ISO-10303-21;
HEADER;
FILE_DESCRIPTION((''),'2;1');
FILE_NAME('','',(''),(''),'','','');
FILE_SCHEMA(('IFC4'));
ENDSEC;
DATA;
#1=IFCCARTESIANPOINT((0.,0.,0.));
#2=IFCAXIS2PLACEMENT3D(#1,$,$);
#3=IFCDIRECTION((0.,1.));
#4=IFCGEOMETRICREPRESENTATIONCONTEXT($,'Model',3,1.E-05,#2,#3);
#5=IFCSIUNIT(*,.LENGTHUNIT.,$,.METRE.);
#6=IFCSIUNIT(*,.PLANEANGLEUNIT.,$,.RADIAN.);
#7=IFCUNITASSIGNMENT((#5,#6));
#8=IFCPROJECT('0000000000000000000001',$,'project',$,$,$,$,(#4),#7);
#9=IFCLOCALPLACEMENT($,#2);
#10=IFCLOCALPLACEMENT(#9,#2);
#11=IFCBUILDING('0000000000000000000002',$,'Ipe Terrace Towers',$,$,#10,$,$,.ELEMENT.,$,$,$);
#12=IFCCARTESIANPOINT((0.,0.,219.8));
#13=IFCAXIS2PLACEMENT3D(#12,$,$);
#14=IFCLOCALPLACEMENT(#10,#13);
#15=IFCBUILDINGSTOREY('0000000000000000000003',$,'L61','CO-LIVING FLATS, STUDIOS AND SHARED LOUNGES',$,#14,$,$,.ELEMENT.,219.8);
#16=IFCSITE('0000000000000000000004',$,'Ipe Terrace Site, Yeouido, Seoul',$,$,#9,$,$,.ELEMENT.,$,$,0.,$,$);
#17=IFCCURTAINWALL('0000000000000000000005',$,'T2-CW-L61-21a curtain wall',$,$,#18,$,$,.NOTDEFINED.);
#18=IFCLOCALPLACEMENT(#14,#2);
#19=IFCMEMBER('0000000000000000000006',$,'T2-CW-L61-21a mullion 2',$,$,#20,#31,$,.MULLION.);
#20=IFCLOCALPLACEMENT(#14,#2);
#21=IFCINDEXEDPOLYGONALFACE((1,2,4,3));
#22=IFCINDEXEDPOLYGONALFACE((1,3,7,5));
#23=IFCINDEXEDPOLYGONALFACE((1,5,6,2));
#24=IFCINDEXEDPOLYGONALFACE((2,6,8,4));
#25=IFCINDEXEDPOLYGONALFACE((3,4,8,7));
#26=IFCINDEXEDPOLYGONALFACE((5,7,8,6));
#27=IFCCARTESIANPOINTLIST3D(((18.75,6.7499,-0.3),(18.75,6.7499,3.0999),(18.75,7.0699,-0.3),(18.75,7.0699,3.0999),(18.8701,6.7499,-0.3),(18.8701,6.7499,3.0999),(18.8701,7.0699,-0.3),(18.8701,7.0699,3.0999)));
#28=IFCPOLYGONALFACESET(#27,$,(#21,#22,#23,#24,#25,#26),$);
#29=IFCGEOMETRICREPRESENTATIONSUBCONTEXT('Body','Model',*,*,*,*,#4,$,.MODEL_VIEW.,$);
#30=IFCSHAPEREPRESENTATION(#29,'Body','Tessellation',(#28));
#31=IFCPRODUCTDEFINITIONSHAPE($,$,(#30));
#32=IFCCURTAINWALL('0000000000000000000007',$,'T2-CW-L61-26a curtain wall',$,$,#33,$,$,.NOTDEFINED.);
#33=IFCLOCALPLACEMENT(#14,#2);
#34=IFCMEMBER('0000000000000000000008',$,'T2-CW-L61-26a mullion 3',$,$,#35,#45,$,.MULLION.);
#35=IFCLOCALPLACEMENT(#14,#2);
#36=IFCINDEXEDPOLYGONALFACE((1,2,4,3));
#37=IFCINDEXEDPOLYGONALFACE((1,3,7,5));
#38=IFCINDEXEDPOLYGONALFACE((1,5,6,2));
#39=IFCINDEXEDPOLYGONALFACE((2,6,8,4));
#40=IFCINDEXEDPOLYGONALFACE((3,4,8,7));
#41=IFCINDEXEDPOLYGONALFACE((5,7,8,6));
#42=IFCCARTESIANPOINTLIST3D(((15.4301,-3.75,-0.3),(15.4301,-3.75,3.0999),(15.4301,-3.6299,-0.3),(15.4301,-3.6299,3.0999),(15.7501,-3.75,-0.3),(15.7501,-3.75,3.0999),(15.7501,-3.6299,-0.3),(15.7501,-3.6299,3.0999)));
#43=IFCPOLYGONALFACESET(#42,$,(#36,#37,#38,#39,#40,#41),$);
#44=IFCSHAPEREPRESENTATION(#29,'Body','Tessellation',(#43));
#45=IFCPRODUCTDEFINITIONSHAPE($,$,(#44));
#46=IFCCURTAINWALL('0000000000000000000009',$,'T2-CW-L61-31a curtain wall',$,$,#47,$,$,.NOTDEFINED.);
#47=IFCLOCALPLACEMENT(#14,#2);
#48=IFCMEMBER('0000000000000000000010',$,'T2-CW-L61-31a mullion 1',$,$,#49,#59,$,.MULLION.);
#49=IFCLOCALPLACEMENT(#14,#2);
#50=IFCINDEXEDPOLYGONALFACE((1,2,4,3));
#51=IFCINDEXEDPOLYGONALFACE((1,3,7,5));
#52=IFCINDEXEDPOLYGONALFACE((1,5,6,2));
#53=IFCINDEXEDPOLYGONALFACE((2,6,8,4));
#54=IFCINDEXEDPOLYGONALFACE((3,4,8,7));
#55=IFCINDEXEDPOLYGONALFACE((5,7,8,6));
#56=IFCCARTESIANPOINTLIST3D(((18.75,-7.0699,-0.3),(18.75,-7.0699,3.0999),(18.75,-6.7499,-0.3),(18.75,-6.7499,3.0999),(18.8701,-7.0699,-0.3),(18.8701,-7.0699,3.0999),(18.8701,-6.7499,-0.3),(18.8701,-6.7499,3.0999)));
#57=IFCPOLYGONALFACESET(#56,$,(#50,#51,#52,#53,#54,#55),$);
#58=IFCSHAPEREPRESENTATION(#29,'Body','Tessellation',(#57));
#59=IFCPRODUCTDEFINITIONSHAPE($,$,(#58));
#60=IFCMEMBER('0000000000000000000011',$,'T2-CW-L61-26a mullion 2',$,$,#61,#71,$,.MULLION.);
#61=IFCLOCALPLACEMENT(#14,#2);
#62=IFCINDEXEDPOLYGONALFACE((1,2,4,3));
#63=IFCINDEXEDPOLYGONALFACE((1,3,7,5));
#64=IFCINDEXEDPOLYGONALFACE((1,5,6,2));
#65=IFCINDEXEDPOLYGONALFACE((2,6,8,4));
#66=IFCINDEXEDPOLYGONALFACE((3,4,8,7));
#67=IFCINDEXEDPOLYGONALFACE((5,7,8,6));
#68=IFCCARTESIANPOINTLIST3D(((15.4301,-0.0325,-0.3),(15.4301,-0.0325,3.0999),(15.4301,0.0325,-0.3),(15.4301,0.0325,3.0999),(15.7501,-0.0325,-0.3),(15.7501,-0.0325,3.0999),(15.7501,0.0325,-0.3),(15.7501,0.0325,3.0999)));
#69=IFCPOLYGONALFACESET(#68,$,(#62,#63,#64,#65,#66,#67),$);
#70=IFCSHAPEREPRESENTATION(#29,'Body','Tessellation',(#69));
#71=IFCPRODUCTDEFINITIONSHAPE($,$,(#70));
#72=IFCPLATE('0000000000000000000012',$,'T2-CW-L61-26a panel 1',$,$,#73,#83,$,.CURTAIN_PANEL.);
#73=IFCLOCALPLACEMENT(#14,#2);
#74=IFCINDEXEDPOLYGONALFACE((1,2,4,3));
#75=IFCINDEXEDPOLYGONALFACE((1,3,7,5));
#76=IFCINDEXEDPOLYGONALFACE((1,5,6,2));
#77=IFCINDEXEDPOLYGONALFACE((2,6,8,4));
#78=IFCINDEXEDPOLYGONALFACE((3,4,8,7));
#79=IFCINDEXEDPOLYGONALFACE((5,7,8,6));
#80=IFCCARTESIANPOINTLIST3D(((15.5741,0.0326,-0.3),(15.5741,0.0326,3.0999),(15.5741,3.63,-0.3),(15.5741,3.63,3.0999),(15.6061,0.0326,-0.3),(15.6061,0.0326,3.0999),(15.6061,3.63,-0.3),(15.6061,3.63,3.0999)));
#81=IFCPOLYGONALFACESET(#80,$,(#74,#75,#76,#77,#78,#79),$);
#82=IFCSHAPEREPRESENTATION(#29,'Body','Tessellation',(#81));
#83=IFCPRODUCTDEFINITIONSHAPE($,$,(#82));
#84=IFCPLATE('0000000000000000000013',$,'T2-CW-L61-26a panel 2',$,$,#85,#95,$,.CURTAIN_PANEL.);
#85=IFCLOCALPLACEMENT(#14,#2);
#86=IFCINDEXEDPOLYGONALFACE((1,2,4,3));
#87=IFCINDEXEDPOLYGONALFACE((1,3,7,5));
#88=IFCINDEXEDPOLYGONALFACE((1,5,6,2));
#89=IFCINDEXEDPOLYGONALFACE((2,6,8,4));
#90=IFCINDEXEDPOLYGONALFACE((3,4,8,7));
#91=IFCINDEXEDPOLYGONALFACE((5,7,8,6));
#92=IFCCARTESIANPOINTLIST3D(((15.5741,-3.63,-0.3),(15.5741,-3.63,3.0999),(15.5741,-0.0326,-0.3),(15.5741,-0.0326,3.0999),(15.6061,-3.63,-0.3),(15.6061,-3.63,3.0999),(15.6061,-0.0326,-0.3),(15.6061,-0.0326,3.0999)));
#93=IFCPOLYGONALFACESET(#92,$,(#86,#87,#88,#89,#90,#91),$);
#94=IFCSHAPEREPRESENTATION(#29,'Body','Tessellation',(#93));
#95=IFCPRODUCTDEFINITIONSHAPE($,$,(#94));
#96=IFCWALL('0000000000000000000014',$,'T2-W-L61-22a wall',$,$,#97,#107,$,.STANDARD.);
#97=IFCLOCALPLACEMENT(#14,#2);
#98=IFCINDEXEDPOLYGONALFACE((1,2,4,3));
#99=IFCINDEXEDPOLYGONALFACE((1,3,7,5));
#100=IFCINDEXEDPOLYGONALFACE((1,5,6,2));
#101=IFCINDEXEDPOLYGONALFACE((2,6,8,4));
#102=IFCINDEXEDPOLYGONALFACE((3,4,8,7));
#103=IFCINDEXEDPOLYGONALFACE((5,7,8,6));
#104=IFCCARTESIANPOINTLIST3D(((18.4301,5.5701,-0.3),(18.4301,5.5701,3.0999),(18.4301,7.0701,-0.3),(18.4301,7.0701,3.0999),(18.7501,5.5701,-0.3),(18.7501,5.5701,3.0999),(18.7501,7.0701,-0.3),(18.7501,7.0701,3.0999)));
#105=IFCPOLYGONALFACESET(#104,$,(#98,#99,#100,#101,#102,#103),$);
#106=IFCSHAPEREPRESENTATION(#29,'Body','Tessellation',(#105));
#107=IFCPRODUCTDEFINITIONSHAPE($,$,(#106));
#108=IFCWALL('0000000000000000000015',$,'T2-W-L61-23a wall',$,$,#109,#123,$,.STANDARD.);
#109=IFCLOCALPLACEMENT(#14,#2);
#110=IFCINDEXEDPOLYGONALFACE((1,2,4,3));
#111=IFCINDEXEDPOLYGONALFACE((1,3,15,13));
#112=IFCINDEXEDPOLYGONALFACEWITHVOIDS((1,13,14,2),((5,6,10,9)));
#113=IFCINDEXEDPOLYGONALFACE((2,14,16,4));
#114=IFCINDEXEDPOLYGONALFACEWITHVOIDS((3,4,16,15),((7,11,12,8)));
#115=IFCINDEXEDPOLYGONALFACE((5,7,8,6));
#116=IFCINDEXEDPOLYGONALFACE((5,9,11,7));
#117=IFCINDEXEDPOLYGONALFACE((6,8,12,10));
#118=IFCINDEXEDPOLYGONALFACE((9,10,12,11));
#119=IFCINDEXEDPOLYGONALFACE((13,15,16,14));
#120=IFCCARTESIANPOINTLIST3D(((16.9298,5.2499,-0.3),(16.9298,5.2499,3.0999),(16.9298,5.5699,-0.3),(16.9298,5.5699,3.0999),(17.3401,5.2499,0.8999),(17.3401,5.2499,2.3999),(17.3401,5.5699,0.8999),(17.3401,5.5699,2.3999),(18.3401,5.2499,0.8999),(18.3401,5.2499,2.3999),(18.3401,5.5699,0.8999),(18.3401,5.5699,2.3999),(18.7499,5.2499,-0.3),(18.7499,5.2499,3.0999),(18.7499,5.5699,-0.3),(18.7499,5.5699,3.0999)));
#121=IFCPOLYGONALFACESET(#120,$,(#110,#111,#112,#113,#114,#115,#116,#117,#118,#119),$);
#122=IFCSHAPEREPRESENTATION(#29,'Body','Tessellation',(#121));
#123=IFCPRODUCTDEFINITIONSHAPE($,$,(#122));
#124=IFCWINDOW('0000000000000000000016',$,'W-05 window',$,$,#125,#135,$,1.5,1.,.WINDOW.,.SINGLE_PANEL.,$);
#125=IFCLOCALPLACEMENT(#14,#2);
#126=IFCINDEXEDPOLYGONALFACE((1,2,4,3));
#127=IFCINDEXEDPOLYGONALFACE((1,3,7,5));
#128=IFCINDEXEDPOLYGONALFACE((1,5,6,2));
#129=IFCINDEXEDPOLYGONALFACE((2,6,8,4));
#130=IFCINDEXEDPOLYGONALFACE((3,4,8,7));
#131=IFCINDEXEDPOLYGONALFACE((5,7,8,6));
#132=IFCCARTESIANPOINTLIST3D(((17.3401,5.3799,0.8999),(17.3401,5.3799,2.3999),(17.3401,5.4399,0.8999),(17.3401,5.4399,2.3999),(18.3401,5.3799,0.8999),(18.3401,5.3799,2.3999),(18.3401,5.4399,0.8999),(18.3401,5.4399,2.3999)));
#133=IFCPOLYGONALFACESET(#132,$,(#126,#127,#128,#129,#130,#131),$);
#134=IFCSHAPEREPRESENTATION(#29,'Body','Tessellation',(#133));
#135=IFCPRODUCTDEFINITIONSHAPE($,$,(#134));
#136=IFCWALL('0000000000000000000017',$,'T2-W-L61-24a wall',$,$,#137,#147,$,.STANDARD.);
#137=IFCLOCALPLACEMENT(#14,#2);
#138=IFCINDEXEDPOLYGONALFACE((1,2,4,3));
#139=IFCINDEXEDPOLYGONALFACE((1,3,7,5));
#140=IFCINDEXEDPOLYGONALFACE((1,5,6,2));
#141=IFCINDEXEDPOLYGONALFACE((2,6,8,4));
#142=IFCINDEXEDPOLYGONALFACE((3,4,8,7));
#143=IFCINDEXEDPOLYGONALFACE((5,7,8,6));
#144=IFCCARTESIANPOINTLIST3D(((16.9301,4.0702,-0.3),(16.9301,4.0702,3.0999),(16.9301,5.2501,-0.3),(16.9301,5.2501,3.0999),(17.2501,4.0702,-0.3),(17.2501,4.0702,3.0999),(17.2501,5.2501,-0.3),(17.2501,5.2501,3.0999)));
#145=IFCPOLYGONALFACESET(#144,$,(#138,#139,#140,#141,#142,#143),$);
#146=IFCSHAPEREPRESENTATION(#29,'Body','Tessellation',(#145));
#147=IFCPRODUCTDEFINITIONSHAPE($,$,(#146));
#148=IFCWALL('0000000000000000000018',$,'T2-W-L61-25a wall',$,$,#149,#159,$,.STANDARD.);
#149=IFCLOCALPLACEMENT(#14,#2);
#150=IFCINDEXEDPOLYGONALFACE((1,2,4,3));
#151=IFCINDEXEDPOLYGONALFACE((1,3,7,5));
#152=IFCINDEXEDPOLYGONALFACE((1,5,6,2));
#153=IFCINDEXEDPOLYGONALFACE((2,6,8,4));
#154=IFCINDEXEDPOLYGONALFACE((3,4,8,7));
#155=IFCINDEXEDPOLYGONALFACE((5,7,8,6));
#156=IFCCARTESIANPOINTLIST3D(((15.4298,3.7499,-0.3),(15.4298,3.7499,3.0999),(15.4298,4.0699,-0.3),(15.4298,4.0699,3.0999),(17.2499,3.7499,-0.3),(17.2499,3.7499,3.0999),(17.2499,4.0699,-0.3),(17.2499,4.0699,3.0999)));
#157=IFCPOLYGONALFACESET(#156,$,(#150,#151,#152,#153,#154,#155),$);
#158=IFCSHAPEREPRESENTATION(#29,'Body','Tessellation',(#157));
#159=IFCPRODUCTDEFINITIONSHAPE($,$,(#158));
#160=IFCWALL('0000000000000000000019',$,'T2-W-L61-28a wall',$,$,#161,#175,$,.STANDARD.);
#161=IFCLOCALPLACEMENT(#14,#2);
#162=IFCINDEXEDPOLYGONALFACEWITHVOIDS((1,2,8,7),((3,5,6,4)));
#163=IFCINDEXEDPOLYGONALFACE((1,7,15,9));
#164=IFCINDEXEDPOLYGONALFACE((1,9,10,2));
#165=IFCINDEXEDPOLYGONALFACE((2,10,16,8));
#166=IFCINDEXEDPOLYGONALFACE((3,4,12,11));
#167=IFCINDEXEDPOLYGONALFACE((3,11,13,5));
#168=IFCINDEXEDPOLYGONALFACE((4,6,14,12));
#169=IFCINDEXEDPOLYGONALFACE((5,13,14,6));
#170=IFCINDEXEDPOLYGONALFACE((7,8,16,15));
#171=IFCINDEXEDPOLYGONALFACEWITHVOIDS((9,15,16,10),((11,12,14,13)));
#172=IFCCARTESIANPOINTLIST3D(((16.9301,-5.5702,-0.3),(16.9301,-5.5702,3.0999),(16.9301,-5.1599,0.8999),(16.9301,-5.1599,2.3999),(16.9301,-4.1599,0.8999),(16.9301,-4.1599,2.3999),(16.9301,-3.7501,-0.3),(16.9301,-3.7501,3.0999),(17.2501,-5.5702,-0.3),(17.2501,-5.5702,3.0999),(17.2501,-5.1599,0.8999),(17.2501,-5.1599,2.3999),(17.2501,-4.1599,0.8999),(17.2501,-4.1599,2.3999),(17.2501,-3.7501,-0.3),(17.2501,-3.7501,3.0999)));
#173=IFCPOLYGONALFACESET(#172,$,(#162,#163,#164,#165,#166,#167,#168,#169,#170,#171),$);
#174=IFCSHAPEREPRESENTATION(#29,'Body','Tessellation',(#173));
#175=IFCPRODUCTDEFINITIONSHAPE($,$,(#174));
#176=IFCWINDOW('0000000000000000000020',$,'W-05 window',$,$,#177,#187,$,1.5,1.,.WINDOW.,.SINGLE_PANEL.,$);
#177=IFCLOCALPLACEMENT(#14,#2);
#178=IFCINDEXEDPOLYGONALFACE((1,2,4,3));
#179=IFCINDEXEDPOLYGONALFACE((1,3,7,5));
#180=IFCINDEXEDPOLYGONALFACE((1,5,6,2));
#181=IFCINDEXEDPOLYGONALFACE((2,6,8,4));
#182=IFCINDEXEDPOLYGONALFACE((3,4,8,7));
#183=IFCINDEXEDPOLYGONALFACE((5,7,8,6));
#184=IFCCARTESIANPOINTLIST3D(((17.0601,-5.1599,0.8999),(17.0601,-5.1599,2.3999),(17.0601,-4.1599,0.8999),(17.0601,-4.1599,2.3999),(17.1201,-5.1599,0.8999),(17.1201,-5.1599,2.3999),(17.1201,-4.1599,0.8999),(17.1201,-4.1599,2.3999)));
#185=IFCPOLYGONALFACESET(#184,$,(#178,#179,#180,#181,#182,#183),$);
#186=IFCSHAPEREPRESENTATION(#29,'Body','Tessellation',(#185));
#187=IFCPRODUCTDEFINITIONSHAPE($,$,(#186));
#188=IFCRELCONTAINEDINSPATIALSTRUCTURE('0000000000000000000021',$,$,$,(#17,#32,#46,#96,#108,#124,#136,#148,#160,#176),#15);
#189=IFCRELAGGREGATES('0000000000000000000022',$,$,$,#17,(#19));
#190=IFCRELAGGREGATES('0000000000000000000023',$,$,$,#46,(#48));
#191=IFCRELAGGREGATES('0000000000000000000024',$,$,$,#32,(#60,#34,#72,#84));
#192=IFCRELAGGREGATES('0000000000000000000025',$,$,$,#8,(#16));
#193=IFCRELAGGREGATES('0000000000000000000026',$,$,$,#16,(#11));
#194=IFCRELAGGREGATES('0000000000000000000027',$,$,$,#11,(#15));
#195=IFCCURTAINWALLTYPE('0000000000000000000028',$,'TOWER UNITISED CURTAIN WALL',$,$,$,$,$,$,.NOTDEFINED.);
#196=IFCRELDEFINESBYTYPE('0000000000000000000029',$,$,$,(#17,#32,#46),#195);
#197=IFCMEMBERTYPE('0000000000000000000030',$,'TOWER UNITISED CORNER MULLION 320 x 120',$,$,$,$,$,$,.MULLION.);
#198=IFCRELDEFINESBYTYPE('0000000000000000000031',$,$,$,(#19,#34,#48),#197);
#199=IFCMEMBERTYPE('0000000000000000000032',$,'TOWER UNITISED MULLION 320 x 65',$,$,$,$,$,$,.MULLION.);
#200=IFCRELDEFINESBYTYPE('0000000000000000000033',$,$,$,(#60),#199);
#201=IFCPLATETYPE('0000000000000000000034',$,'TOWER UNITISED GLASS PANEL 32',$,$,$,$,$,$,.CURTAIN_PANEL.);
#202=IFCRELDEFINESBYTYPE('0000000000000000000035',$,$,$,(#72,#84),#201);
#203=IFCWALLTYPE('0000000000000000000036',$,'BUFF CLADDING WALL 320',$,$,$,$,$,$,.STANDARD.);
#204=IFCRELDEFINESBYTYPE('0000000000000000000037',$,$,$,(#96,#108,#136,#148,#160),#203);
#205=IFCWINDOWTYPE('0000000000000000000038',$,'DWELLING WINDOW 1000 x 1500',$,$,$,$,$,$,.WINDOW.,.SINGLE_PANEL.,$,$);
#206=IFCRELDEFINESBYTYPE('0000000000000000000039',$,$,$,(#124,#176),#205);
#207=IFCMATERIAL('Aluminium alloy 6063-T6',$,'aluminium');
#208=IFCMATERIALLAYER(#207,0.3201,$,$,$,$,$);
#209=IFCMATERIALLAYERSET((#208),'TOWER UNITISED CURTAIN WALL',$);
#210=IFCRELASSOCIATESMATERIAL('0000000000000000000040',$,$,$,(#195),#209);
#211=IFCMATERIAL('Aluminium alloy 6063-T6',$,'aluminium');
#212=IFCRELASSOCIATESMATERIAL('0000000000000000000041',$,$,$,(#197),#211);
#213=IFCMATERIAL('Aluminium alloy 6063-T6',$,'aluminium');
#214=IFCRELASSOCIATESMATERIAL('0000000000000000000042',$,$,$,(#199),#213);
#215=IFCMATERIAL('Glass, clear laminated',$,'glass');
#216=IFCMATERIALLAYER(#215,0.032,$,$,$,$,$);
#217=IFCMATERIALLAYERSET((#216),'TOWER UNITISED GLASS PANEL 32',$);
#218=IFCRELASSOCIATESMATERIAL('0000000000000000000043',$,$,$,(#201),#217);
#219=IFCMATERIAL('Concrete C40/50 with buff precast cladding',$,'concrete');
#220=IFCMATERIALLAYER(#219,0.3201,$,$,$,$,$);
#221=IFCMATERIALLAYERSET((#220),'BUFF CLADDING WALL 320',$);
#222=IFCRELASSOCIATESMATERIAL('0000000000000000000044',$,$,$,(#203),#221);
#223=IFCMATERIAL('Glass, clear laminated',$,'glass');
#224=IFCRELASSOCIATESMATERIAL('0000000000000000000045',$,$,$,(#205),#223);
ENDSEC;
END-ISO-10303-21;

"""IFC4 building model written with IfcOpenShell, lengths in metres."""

from ifc_helpers import new_model, si_unit, direction, frame, frame_2d, origin, origin_2d, place, context, subcontext, project, spatial, rectangle, extrude, material, layer, layer_set, material_profile, profile_set, type_object, element, fill, aggregate, save


model = new_model("IFC4")

# Units and contexts
model_context = context("Model", 3, precision=1e-05, world=origin(), true_north=direction((0.0, 1.0)))
body_context = subcontext(model_context, "Body", "Model", "MODEL_VIEW")
ifc_project = project(units=[si_unit("LENGTHUNIT", "METRE"), si_unit("PLANEANGLEUNIT", "RADIAN")], contexts=[model_context])

# Site, building, storey
site_placement = place(None, origin())
site = spatial("IfcSite", under=ifc_project, at=site_placement, Name="Ipe Terrace Site, Yeouido, Seoul", CompositionType="ELEMENT", RefElevation=0.0)
building_placement = place(site_placement, origin())
building = spatial("IfcBuilding", under=site, at=building_placement, Name="Ipe Terrace Towers", CompositionType="ELEMENT")
storey_placement = place(building_placement, frame((0.0, 0.0, 219.8)))
storey = spatial("IfcBuildingStorey", under=building, at=storey_placement, Name="L61", Description="CO-LIVING FLATS, STUDIOS AND SHARED LOUNGES", CompositionType="ELEMENT", Elevation=219.8)

# Curtain walls, members
ifc_material_1 = material(Name="Aluminium alloy 6063-T6", Category="aluminium")
ifc_layer_1 = layer(ifc_material_1, 0.3201)
ifc_layer_set_1 = layer_set([ifc_layer_1], Name="TOWER UNITISED CURTAIN WALL")
curtain_wall_type = type_object("IfcCurtainWallType", Name="TOWER UNITISED CURTAIN WALL", PredefinedType="NOTDEFINED", material=ifc_layer_set_1)
curtain_wall_1_placement = place(storey_placement, origin())
curtain_wall_1 = element("IfcCurtainWall", 1, at=curtain_wall_1_placement, inside=storey, type_object=curtain_wall_type, Name="T2-CW-L61-21a curtain wall", PredefinedType="NOTDEFINED")
ifc_material_2 = material(Name="Aluminium alloy 6063-T6", Category="aluminium")
ifc_material_profile_1 = material_profile(ifc_material_2, rectangle(XDim=0.3201, YDim=0.1201, at=origin_2d()), Name="TOWER UNITISED CORNER MULLION 320 x 120")
ifc_profile_set_1 = profile_set([ifc_material_profile_1], Name="Aluminium alloy 6063-T6")
member_type_1 = type_object("IfcMemberType", Name="TOWER UNITISED CORNER MULLION 320 x 120", PredefinedType="MULLION", material=ifc_profile_set_1)
member_1_placement = place(storey_placement, frame((18.8101, 6.9099, -0.3), z_axis=(0.0, 0.0, 1.0), x_axis=(0.0, 1.0, 0.0)))
member_1 = element("IfcMember", 2, at=member_1_placement, type_object=member_type_1, Name="T2-CW-L61-21a mullion 2", PredefinedType="MULLION", context=body_context, shape_type="SweptSolid", body=[
    extrude(rectangle(XDim=0.3201, YDim=0.1201, at=origin_2d()), origin(), (0.0, 0.0, 1.0), 3.3999),
])
aggregate(curtain_wall_1, [member_1])
curtain_wall_2_placement = place(storey_placement, origin())
curtain_wall_2 = element("IfcCurtainWall", 3, at=curtain_wall_2_placement, inside=storey, type_object=curtain_wall_type, Name="T2-CW-L61-26a curtain wall", PredefinedType="NOTDEFINED")
member_2_placement = place(storey_placement, frame((15.5901, -3.6899, -0.3), z_axis=(0.0, 0.0, 1.0), x_axis=(-1.0, 0.0, 0.0)))
member_2 = element("IfcMember", 4, at=member_2_placement, type_object=member_type_1, Name="T2-CW-L61-26a mullion 3", PredefinedType="MULLION", context=body_context, shape_type="SweptSolid", body=[
    extrude(rectangle(XDim=0.3201, YDim=0.1201, at=origin_2d()), origin(), (0.0, 0.0, 1.0), 3.3999),
])
curtain_wall_3_placement = place(storey_placement, origin())
curtain_wall_3 = element("IfcCurtainWall", 5, at=curtain_wall_3_placement, inside=storey, type_object=curtain_wall_type, Name="T2-CW-L61-31a curtain wall", PredefinedType="NOTDEFINED")
member_3_placement = place(storey_placement, frame((18.8101, -6.9099, -0.3), z_axis=(0.0, 0.0, 1.0), x_axis=(0.0, -1.0, 0.0)))
member_3 = element("IfcMember", 6, at=member_3_placement, type_object=member_type_1, Name="T2-CW-L61-31a mullion 1", PredefinedType="MULLION", context=body_context, shape_type="SweptSolid", body=[
    extrude(rectangle(XDim=0.3201, YDim=0.1201, at=origin_2d()), origin(), (0.0, 0.0, 1.0), 3.3999),
])
aggregate(curtain_wall_3, [member_3])

# Member
ifc_material_3 = material(Name="Aluminium alloy 6063-T6", Category="aluminium")
ifc_material_profile_2 = material_profile(ifc_material_3, rectangle(XDim=0.3201, YDim=0.0649, at=origin_2d()), Name="TOWER UNITISED MULLION 320 x 65")
ifc_profile_set_2 = profile_set([ifc_material_profile_2], Name="Aluminium alloy 6063-T6")
member_type_2 = type_object("IfcMemberType", Name="TOWER UNITISED MULLION 320 x 65", PredefinedType="MULLION", material=ifc_profile_set_2)
member_4_placement = place(storey_placement, frame((15.5901, 0.0, -0.3), z_axis=(0.0, 0.0, 1.0), x_axis=(-1.0, 0.0, 0.0)))
member_4 = element("IfcMember", 7, at=member_4_placement, type_object=member_type_2, Name="T2-CW-L61-26a mullion 2", PredefinedType="MULLION", context=body_context, shape_type="SweptSolid", body=[
    extrude(rectangle(XDim=0.3201, YDim=0.0649, at=origin_2d()), origin(), (0.0, 0.0, 1.0), 3.3999),
])

# Plates
ifc_material_4 = material(Name="Glass, clear laminated", Category="glass")
ifc_layer_2 = layer(ifc_material_4, 0.032)
ifc_layer_set_2 = layer_set([ifc_layer_2], Name="TOWER UNITISED GLASS PANEL 32")
plate_type = type_object("IfcPlateType", Name="TOWER UNITISED GLASS PANEL 32", PredefinedType="CURTAIN_PANEL", material=ifc_layer_set_2)
plate_1_placement = place(storey_placement, frame((15.5901, 1.8313, -0.3), z_axis=(0.0, 0.0, 1.0), x_axis=(0.0, -1.0, 0.0)))
plate_1 = element("IfcPlate", 8, at=plate_1_placement, type_object=plate_type, Name="T2-CW-L61-26a panel 1", PredefinedType="CURTAIN_PANEL", context=body_context, shape_type="SweptSolid", body=[
    extrude(rectangle(XDim=3.5974, YDim=0.032, at=origin_2d()), origin(), (0.0, 0.0, 1.0), 3.3999),
])
plate_2_placement = place(storey_placement, frame((15.5901, -1.8313, -0.3), z_axis=(0.0, 0.0, 1.0), x_axis=(0.0, -1.0, 0.0)))
plate_2 = element("IfcPlate", 9, at=plate_2_placement, type_object=plate_type, Name="T2-CW-L61-26a panel 2", PredefinedType="CURTAIN_PANEL", context=body_context, shape_type="SweptSolid", body=[
    extrude(rectangle(XDim=3.5974, YDim=0.032, at=origin_2d()), origin(), (0.0, 0.0, 1.0), 3.3999),
])
aggregate(curtain_wall_2, [member_4, member_2, plate_1, plate_2])

# Wall
ifc_material_5 = material(Name="Concrete C40/50 with buff precast cladding", Category="concrete")
ifc_layer_3 = layer(ifc_material_5, 0.3201)
ifc_layer_set_3 = layer_set([ifc_layer_3], Name="BUFF CLADDING WALL 320")
wall_type = type_object("IfcWallType", Name="BUFF CLADDING WALL 320", PredefinedType="STANDARD", material=ifc_layer_set_3)
wall_1_placement = place(storey_placement, frame((18.5901, 7.0701, -0.3), z_axis=(0.0, 0.0, 1.0), x_axis=(0.0, -1.0, 0.0)))
element("IfcWall", 10, at=wall_1_placement, inside=storey, type_object=wall_type, Name="T2-W-L61-22a wall", PredefinedType="STANDARD", context=body_context, shape_type="SweptSolid", body=[
    extrude(rectangle(XDim=1.5, YDim=0.3201, at=frame_2d((0.75, 0.0))), origin(), (0.0, 0.0, 1.0), 3.3999),
])

# Wall, opening, window
wall_2_placement = place(storey_placement, frame((18.75, 5.4099, -0.3), z_axis=(0.0, 0.0, 1.0), x_axis=(-1.0, 0.0, 0.0)))
wall_2 = element("IfcWall", 11, at=wall_2_placement, inside=storey, type_object=wall_type, Name="T2-W-L61-23a wall", PredefinedType="STANDARD", context=body_context, shape_type="SweptSolid", body=[
    extrude(rectangle(XDim=1.8201, YDim=0.3201, at=frame_2d((0.9102, 0.0))), origin(), (0.0, 0.0, 1.0), 3.3999),
])
opening_1_placement = place(wall_2_placement, frame((0.4099, 0.0, 1.2)))
opening_1 = element("IfcOpeningElement", 12, at=opening_1_placement, cuts=wall_2, PredefinedType="OPENING", context=body_context, shape_type="SweptSolid", body=[
    extrude(rectangle(XDim=1.0, YDim=1.5, at=frame_2d((0.5, 0.75))), frame((0.0, 0.1699, 0.0), z_axis=(0.0, -1.0, 0.0), x_axis=(1.0, 0.0, 0.0)), (0.0, 0.0, 1.0), 0.3401),
])
ifc_material_6 = material(Name="Glass, clear laminated", Category="glass")
window_type = type_object("IfcWindowType", Name="DWELLING WINDOW 1000 x 1500", PartitioningType="SINGLE_PANEL", PredefinedType="WINDOW", material=ifc_material_6)
window_1_placement = place(opening_1_placement, origin())
window_1 = element("IfcWindow", 13, at=window_1_placement, inside=storey, type_object=window_type, Name="W-05 window", OverallHeight=1.5, OverallWidth=1.0, PartitioningType="SINGLE_PANEL", PredefinedType="WINDOW", context=body_context, shape_type="SweptSolid", body=[
    extrude(rectangle(XDim=1.0, YDim=1.5, at=frame_2d((0.5, 0.75))), frame((0.0, 0.03, 0.0), z_axis=(0.0, -1.0, 0.0), x_axis=(1.0, 0.0, 0.0)), (0.0, 0.0, 1.0), 0.0601),
])
fill(opening_1, window_1)

# Walls
wall_3_placement = place(storey_placement, frame((17.0901, 5.25, -0.3), z_axis=(0.0, 0.0, 1.0), x_axis=(0.0, -1.0, 0.0)))
element("IfcWall", 14, at=wall_3_placement, inside=storey, type_object=wall_type, Name="T2-W-L61-24a wall", PredefinedType="STANDARD", context=body_context, shape_type="SweptSolid", body=[
    extrude(rectangle(XDim=1.1799, YDim=0.3201, at=frame_2d((0.5898, 0.0))), origin(), (0.0, 0.0, 1.0), 3.3999),
])
wall_4_placement = place(storey_placement, frame((17.25, 3.9099, -0.3), z_axis=(0.0, 0.0, 1.0), x_axis=(-1.0, 0.0, 0.0)))
element("IfcWall", 15, at=wall_4_placement, inside=storey, type_object=wall_type, Name="T2-W-L61-25a wall", PredefinedType="STANDARD", context=body_context, shape_type="SweptSolid", body=[
    extrude(rectangle(XDim=1.8201, YDim=0.3201, at=frame_2d((0.9102, 0.0))), origin(), (0.0, 0.0, 1.0), 3.3999),
])

# Wall, opening, window
wall_5_placement = place(storey_placement, frame((17.0901, -3.75, -0.3), z_axis=(0.0, 0.0, 1.0), x_axis=(0.0, -1.0, 0.0)))
wall_5 = element("IfcWall", 16, at=wall_5_placement, inside=storey, type_object=wall_type, Name="T2-W-L61-28a wall", PredefinedType="STANDARD", context=body_context, shape_type="SweptSolid", body=[
    extrude(rectangle(XDim=1.8201, YDim=0.3201, at=frame_2d((0.9102, 0.0))), origin(), (0.0, 0.0, 1.0), 3.3999),
])
opening_2_placement = place(wall_5_placement, frame((0.4099, 0.0, 1.2)))
opening_2 = element("IfcOpeningElement", 17, at=opening_2_placement, cuts=wall_5, PredefinedType="OPENING", context=body_context, shape_type="SweptSolid", body=[
    extrude(rectangle(XDim=1.0, YDim=1.5, at=frame_2d((0.5, 0.75))), frame((0.0, 0.1699, 0.0), z_axis=(0.0, -1.0, 0.0), x_axis=(1.0, 0.0, 0.0)), (0.0, 0.0, 1.0), 0.3401),
])
window_2_placement = place(opening_2_placement, origin())
window_2 = element("IfcWindow", 18, at=window_2_placement, inside=storey, type_object=window_type, Name="W-05 window", OverallHeight=1.5, OverallWidth=1.0, PartitioningType="SINGLE_PANEL", PredefinedType="WINDOW", context=body_context, shape_type="SweptSolid", body=[
    extrude(rectangle(XDim=1.0, YDim=1.5, at=frame_2d((0.5, 0.75))), frame((0.0, 0.03, 0.0), z_axis=(0.0, -1.0, 0.0), x_axis=(1.0, 0.0, 0.0)), (0.0, 0.0, 1.0), 0.0601),
])
fill(opening_2, window_2)

save(model, "model.ifc")
